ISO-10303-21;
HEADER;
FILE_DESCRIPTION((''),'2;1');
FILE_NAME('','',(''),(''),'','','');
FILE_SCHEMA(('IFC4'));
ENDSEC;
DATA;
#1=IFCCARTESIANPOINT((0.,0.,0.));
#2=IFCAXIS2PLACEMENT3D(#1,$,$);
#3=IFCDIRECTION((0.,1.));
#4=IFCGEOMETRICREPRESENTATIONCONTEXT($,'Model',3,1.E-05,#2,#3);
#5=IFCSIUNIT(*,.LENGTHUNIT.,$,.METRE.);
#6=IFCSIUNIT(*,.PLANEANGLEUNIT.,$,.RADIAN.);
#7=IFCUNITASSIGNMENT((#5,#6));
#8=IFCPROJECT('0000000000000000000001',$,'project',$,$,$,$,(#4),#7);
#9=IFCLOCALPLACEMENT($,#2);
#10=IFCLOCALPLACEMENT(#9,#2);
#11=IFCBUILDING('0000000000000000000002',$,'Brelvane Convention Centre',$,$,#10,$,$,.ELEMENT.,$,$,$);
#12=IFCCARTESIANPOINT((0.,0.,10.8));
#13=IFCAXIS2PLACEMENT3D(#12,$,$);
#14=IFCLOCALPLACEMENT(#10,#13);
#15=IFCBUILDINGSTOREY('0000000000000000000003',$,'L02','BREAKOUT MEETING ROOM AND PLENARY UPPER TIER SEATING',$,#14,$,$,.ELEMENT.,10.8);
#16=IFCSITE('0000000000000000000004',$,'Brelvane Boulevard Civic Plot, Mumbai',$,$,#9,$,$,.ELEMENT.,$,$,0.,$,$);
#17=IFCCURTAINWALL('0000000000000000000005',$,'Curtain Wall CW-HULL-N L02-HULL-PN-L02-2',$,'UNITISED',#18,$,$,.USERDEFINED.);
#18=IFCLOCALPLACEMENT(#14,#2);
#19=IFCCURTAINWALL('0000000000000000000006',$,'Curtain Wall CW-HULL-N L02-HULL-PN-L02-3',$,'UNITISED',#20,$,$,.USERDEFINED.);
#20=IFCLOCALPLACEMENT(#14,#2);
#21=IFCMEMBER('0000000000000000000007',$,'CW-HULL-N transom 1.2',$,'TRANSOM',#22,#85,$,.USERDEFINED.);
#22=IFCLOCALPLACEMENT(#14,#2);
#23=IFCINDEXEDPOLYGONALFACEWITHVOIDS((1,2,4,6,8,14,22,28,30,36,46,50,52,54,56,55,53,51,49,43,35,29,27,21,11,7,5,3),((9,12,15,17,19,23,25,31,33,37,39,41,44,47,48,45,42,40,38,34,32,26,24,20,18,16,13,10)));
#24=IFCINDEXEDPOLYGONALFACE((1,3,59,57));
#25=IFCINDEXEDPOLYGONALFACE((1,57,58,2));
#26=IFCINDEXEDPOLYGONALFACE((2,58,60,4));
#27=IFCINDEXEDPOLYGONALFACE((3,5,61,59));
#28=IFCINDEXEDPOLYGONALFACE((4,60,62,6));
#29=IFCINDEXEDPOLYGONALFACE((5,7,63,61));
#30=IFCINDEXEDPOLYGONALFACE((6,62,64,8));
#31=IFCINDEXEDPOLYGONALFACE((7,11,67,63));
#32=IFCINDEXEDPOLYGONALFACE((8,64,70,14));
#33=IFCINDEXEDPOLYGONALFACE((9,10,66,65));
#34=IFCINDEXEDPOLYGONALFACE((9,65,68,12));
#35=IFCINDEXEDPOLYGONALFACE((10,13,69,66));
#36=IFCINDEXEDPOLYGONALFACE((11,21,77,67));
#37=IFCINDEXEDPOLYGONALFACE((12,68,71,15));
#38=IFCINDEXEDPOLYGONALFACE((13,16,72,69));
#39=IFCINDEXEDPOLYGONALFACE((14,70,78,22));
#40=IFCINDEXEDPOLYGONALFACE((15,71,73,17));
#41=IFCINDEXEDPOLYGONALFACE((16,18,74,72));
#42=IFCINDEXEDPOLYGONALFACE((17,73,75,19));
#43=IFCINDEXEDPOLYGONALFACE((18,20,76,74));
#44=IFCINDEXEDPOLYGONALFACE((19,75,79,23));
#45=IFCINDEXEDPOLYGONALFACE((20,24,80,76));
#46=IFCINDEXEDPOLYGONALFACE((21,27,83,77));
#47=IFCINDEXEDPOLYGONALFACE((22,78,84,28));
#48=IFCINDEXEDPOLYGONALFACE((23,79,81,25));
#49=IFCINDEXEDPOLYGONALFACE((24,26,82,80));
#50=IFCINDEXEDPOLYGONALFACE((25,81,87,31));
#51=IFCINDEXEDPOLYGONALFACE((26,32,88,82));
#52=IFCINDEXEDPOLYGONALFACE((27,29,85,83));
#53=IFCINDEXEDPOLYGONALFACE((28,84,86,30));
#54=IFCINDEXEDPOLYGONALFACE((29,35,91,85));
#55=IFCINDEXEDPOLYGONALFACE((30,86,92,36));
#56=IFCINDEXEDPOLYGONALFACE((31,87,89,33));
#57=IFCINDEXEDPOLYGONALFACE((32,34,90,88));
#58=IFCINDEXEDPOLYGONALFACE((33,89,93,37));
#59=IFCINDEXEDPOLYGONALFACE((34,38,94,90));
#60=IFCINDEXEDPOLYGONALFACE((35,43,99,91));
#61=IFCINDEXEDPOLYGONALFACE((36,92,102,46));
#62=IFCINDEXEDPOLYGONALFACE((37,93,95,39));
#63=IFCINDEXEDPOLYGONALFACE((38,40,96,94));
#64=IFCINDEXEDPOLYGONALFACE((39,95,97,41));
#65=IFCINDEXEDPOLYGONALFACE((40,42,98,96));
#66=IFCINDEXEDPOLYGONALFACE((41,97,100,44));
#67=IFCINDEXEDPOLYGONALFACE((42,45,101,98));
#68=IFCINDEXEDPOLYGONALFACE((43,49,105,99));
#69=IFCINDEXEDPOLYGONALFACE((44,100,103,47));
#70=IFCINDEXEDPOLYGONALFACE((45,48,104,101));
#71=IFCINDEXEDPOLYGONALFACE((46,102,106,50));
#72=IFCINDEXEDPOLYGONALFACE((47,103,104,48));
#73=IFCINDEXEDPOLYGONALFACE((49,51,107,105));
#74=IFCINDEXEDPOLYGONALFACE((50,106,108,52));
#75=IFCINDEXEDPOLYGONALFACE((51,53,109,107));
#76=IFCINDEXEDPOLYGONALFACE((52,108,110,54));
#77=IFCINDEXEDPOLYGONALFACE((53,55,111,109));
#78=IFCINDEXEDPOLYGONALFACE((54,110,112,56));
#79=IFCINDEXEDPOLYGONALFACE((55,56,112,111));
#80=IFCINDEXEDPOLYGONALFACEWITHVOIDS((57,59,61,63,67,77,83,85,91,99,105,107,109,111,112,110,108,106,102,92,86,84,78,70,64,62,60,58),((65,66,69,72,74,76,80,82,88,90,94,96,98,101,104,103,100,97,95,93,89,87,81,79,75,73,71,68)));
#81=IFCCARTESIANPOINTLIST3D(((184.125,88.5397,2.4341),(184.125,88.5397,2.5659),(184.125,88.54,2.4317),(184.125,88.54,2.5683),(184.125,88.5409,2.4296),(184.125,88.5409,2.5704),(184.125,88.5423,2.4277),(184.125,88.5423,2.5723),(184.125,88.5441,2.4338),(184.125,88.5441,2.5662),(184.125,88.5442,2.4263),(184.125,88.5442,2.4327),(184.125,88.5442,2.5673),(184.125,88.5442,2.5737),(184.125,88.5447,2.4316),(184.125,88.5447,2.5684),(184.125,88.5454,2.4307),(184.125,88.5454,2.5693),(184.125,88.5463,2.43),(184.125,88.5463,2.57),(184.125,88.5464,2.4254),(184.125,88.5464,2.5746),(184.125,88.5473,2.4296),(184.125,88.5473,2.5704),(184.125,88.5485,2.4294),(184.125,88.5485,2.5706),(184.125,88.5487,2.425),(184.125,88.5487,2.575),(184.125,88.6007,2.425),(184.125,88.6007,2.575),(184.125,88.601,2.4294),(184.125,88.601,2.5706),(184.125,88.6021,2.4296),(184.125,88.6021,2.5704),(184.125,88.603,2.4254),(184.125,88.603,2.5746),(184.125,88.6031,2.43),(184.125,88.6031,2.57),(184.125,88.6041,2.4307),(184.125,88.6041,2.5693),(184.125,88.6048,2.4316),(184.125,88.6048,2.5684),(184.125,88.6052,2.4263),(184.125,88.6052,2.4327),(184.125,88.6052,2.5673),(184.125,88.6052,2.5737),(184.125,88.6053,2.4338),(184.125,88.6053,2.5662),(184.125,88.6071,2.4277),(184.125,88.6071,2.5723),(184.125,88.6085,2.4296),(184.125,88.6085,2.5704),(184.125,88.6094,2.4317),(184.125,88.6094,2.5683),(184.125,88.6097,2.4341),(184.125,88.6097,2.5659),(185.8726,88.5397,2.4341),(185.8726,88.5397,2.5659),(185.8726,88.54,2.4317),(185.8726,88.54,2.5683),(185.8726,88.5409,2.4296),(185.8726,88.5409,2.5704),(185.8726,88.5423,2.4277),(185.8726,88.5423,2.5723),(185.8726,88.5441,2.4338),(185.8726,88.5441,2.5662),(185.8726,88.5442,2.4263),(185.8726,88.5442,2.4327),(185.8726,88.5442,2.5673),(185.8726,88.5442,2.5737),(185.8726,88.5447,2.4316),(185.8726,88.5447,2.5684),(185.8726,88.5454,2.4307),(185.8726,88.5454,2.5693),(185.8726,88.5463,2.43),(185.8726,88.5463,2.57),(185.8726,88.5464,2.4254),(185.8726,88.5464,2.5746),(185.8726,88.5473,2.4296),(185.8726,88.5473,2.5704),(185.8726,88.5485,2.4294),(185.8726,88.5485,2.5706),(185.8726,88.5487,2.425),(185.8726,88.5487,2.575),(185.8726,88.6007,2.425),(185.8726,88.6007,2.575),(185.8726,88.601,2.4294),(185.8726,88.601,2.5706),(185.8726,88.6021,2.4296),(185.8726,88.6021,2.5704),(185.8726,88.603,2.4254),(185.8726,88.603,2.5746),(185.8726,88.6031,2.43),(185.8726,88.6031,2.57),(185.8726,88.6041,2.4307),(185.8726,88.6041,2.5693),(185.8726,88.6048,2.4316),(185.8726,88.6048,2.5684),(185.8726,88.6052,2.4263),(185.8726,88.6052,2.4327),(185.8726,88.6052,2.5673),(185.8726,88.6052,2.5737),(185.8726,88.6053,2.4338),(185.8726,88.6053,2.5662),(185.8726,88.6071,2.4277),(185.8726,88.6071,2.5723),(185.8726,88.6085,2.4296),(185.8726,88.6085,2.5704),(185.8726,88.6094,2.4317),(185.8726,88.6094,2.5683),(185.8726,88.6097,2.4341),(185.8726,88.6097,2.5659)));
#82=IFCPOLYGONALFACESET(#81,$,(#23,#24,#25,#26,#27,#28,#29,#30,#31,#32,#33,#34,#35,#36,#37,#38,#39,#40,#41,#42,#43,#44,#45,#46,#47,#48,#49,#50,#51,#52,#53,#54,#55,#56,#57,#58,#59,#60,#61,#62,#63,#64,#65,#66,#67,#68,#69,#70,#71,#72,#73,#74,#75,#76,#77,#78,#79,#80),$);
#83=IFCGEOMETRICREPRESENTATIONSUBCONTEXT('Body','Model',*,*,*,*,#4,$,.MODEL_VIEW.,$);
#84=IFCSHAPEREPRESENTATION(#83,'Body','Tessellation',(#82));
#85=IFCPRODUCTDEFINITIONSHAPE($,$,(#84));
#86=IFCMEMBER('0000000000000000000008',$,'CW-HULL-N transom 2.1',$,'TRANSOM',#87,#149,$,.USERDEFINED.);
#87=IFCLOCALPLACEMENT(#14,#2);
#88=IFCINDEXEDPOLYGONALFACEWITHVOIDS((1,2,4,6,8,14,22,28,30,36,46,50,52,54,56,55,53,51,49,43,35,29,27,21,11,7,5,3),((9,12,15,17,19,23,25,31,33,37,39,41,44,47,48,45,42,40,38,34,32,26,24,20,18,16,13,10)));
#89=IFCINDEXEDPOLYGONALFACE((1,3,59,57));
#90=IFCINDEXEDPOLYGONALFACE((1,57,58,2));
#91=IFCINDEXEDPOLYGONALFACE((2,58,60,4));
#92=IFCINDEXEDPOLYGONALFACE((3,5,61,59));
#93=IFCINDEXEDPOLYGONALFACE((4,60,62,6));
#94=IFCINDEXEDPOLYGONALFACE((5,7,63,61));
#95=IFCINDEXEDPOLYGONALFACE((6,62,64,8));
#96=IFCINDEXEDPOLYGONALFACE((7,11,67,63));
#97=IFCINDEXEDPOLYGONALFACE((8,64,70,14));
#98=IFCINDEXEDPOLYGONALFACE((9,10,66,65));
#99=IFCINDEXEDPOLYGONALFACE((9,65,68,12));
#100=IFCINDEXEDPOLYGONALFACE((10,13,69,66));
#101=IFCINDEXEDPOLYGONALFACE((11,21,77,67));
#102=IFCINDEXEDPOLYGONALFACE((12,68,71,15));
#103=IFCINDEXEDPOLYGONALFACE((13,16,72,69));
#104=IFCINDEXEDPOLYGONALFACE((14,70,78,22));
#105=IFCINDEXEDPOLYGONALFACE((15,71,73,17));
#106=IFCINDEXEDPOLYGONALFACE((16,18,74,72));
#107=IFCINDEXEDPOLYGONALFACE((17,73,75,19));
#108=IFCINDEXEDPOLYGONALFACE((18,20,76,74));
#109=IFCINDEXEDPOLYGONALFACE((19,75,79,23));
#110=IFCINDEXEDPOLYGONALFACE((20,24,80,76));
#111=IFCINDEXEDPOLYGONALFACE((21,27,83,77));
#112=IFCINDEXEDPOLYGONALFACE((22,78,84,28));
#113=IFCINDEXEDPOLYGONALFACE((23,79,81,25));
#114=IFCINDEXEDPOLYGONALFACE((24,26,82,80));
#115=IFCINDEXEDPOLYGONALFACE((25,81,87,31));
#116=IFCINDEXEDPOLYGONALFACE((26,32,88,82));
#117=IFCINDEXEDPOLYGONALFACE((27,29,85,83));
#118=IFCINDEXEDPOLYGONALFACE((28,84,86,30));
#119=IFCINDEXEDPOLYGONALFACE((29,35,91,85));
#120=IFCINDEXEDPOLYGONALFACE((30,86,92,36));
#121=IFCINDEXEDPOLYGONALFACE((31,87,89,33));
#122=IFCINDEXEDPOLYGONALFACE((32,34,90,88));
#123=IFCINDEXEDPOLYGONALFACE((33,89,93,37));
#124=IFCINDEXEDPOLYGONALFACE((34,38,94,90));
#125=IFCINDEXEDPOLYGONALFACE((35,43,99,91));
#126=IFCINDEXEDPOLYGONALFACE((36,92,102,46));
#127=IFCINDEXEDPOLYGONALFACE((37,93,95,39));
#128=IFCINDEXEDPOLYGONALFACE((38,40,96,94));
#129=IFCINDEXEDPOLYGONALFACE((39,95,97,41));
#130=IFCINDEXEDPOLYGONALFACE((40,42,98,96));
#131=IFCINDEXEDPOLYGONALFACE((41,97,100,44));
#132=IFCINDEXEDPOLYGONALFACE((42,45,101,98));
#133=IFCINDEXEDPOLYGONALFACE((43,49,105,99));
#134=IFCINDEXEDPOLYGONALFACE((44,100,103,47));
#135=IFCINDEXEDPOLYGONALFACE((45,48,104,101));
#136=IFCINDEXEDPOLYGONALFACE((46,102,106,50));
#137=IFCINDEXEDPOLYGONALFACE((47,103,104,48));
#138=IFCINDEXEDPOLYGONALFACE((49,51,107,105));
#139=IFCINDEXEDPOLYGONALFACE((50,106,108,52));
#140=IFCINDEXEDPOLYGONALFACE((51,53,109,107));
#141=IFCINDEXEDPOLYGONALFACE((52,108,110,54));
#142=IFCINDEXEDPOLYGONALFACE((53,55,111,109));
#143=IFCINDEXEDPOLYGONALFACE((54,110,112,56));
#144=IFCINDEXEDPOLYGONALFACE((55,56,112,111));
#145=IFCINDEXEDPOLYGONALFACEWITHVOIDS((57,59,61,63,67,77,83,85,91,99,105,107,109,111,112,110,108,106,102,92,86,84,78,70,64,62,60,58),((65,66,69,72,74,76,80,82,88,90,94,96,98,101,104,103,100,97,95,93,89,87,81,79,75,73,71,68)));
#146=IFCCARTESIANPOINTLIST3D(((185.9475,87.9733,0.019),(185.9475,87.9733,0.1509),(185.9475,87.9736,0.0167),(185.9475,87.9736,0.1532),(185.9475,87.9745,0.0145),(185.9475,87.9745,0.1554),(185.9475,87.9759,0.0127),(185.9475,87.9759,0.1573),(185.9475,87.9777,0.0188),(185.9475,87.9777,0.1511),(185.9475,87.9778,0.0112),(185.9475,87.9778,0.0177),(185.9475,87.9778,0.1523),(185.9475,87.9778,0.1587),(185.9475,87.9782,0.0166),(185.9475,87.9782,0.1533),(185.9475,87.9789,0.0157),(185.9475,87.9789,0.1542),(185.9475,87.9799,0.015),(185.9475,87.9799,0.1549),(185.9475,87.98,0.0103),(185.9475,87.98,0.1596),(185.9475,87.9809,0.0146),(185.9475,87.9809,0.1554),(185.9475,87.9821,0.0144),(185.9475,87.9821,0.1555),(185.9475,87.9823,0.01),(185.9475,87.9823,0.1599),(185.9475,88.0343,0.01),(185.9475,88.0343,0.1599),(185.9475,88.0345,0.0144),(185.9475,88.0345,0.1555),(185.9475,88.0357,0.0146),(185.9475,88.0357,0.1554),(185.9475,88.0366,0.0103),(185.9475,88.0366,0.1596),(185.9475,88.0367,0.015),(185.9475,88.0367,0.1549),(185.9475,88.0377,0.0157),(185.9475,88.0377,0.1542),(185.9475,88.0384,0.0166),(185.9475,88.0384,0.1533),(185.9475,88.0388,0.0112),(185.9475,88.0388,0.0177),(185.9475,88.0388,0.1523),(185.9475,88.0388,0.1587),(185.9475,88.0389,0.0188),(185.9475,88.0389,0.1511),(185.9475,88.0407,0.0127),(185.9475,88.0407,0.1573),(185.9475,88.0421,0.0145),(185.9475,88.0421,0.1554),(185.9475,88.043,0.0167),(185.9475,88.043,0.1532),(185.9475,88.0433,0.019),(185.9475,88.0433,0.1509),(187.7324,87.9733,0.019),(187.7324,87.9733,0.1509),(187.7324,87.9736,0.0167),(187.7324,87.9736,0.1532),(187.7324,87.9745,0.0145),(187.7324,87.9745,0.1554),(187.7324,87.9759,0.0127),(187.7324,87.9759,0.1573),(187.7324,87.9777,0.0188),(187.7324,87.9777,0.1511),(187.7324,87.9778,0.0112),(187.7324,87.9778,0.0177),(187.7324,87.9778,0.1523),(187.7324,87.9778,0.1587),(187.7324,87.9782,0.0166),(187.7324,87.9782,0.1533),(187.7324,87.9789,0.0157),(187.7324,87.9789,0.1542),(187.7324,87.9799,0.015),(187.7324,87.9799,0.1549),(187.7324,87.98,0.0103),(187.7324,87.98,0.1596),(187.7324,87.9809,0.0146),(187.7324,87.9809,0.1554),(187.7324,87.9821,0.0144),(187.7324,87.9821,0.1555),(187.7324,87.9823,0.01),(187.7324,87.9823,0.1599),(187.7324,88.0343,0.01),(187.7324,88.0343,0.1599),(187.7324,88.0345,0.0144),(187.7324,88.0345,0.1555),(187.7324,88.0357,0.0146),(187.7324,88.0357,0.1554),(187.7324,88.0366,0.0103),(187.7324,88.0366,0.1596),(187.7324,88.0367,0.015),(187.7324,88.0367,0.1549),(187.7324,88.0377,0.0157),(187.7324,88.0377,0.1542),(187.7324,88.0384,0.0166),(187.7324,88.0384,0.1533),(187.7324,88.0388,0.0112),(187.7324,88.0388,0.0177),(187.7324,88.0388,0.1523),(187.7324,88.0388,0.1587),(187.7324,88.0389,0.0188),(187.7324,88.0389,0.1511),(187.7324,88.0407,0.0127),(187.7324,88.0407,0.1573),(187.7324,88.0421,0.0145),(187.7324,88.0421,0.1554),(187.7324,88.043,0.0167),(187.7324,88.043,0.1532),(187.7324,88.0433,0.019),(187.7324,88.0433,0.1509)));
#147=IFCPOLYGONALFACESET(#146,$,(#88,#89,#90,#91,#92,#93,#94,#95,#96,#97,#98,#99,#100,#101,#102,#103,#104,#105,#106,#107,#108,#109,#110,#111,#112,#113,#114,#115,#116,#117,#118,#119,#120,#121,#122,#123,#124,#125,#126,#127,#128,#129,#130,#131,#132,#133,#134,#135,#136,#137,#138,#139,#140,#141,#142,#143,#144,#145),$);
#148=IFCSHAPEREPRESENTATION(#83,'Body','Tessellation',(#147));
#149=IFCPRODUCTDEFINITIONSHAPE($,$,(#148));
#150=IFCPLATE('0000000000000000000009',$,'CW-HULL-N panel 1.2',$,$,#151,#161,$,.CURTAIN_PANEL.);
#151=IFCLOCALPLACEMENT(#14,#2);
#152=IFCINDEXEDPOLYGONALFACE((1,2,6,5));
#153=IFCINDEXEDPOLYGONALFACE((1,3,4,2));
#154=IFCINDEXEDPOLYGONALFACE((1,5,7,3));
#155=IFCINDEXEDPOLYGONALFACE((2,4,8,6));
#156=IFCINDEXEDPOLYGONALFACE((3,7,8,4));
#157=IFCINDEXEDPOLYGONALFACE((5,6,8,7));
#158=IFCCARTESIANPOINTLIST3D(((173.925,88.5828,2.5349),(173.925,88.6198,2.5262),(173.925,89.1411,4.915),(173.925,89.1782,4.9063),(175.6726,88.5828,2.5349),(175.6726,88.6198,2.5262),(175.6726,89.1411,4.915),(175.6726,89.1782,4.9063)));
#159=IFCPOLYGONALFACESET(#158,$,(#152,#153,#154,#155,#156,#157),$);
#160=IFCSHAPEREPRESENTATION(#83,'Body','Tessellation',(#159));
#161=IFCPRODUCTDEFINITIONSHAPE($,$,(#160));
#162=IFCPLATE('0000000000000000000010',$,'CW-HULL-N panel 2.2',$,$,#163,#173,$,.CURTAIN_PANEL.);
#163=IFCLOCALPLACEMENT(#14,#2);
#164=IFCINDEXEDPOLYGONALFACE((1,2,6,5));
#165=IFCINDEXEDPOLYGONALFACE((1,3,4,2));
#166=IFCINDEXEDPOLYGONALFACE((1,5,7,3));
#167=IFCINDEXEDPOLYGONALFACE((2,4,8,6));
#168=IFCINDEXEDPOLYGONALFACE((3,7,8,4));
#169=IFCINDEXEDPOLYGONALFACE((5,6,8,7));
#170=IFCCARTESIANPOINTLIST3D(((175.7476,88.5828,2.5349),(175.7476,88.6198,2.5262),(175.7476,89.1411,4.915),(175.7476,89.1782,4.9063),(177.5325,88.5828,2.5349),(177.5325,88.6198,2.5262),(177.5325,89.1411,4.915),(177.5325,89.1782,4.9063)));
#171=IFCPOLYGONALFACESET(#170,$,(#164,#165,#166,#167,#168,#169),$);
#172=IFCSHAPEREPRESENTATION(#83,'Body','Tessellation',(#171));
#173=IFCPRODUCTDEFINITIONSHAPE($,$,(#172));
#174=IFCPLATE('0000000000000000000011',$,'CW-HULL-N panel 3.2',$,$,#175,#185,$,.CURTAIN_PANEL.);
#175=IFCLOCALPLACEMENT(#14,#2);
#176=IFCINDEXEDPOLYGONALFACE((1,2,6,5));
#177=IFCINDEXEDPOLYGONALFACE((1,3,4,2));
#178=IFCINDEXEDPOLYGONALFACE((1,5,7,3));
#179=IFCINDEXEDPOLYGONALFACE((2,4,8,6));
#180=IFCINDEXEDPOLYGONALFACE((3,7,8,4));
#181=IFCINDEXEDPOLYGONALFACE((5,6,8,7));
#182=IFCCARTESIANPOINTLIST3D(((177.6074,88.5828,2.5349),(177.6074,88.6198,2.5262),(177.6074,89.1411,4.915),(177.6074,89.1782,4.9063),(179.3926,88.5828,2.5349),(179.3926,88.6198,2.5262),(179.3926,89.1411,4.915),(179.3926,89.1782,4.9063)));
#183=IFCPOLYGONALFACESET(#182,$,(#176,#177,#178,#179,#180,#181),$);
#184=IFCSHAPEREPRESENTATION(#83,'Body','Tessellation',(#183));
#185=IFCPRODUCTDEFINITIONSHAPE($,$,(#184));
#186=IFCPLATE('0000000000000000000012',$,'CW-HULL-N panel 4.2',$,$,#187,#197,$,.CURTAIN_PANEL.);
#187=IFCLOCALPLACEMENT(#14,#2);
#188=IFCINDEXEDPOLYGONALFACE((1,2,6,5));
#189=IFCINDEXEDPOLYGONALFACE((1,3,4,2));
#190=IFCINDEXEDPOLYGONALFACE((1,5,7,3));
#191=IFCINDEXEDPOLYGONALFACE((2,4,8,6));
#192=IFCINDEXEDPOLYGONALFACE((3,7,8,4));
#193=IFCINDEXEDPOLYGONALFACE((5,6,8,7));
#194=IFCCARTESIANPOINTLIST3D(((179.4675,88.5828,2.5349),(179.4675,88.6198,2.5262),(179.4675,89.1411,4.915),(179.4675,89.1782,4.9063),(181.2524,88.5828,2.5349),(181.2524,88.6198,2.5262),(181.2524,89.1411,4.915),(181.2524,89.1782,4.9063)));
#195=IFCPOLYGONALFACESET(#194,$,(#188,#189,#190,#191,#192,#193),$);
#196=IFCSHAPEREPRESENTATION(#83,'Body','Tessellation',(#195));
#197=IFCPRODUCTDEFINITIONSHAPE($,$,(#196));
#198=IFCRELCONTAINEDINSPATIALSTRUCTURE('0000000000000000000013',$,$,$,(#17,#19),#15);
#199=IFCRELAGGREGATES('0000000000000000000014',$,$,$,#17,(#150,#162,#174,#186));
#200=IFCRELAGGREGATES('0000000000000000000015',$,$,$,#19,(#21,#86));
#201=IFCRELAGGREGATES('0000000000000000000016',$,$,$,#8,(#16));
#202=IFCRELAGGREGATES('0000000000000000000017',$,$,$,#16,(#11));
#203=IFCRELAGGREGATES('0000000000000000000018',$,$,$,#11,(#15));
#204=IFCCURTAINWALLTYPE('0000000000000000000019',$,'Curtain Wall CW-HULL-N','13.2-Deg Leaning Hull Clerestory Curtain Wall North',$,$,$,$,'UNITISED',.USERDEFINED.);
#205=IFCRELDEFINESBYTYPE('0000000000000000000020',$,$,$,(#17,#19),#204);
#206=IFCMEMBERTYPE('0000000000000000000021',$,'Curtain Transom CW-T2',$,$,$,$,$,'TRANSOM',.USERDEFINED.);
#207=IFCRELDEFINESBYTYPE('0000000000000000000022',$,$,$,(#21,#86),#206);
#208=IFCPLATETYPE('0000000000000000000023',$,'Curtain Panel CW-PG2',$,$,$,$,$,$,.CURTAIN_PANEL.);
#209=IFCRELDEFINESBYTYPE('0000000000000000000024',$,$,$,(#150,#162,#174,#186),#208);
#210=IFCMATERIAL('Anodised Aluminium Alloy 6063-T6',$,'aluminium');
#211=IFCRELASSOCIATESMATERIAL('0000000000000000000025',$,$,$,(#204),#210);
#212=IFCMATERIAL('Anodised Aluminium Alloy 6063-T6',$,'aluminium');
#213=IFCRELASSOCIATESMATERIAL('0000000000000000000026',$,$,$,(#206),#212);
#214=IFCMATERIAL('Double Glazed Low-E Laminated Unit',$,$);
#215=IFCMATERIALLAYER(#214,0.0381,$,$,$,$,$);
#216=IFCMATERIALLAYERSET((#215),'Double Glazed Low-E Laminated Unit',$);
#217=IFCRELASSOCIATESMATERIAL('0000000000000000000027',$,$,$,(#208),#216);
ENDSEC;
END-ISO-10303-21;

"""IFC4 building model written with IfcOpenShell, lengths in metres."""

from ifc_helpers import new_model, si_unit, direction, frame, origin, origin_2d, place, context, subcontext, project, spatial, polyline, hollow_rectangle, outline, extrude, material, layer, layer_set, material_profile, profile_set, type_object, element, aggregate, save


model = new_model("IFC4")

# Units and contexts
model_context = context("Model", 3, precision=1e-05, world=origin(), true_north=direction((0.0, 1.0)))
body_context = subcontext(model_context, "Body", "Model", "MODEL_VIEW")
ifc_project = project(units=[si_unit("LENGTHUNIT", "METRE"), si_unit("PLANEANGLEUNIT", "RADIAN")], contexts=[model_context])

# Site, building, storey
site_placement = place(None, origin())
site = spatial("IfcSite", under=ifc_project, at=site_placement, Name="Brelvane Boulevard Civic Plot, Mumbai", CompositionType="ELEMENT", RefElevation=0.0)
building_placement = place(site_placement, origin())
building = spatial("IfcBuilding", under=site, at=building_placement, Name="Brelvane Convention Centre", CompositionType="ELEMENT")
storey_placement = place(building_placement, frame((0.0, 0.0, 10.8)))
storey = spatial("IfcBuildingStorey", under=building, at=storey_placement, Name="L02", Description="BREAKOUT MEETING ROOM AND PLENARY UPPER TIER SEATING", CompositionType="ELEMENT", Elevation=10.8)

# Curtain walls
ifc_material_1 = material(Name="Anodised Aluminium Alloy 6063-T6", Category="aluminium")
curtain_wall_type = type_object("IfcCurtainWallType", Name="Curtain Wall CW-HULL-N", Description="13.2-Deg Leaning Hull Clerestory Curtain Wall North", ElementType="UNITISED", PredefinedType="USERDEFINED", material=ifc_material_1)
curtain_wall_1_placement = place(storey_placement, origin())
curtain_wall_1 = element("IfcCurtainWall", 1, at=curtain_wall_1_placement, inside=storey, type_object=curtain_wall_type, Name="Curtain Wall CW-HULL-N L02-HULL-PN-L02-2", ObjectType="UNITISED", PredefinedType="USERDEFINED")
curtain_wall_2_placement = place(storey_placement, origin())
curtain_wall_2 = element("IfcCurtainWall", 2, at=curtain_wall_2_placement, inside=storey, type_object=curtain_wall_type, Name="Curtain Wall CW-HULL-N L02-HULL-PN-L02-3", ObjectType="UNITISED", PredefinedType="USERDEFINED")

# Members
ifc_material_2 = material(Name="Anodised Aluminium Alloy 6063-T6", Category="aluminium")
ifc_material_profile_1 = material_profile(ifc_material_2, hollow_rectangle(XDim=0.0701, YDim=0.1499, WallThickness=0.0044, InnerFilletRadius=0.0044, OuterFilletRadius=0.009, at=origin_2d()), Name="ALU-T 150x70x4.5")
ifc_profile_set_1 = profile_set([ifc_material_profile_1], Name="Anodised Aluminium Alloy 6063-T6")
member_type_1 = type_object("IfcMemberType", Name="Curtain Transom CW-T2", ElementType="TRANSOM", PredefinedType="USERDEFINED", material=ifc_profile_set_1)
member_1_placement = place(storey_placement, frame((184.125, 88.5747, 2.5), z_axis=(1.0, 0.0, 0.0), x_axis=(0.0, 1.0, 0.0)))
member_1 = element("IfcMember", 3, at=member_1_placement, type_object=member_type_1, Name="CW-HULL-N transom 1.2", ObjectType="TRANSOM", PredefinedType="USERDEFINED", context=body_context, shape_type="SweptSolid", body=[
    extrude(hollow_rectangle(XDim=0.0701, YDim=0.1499, WallThickness=0.0044, InnerFilletRadius=0.0044, OuterFilletRadius=0.009, at=origin_2d()), origin(), (0.0, 0.0, 1.0), 1.7476),
])
member_2_placement = place(storey_placement, frame((185.9475, 88.0083, 0.085), z_axis=(1.0, 0.0, 0.0), x_axis=(0.0, 1.0, 0.0)))
member_2 = element("IfcMember", 4, at=member_2_placement, type_object=member_type_1, Name="CW-HULL-N transom 2.1", ObjectType="TRANSOM", PredefinedType="USERDEFINED", context=body_context, shape_type="SweptSolid", body=[
    extrude(hollow_rectangle(XDim=0.0701, YDim=0.1499, WallThickness=0.0044, InnerFilletRadius=0.0044, OuterFilletRadius=0.009, at=origin_2d()), origin(), (0.0, 0.0, 1.0), 1.7849),
])

# Plates
ifc_material_3 = material(Name="Double Glazed Low-E Laminated Unit")
ifc_layer_1 = layer(ifc_material_3, 0.0381)
ifc_layer_set_1 = layer_set([ifc_layer_1], Name="Double Glazed Low-E Laminated Unit")
plate_type_1 = type_object("IfcPlateType", Name="Curtain Panel CW-PG2", PredefinedType="CURTAIN_PANEL", material=ifc_layer_set_1)
plate_1_placement = place(storey_placement, frame((173.925, 88.5828, 2.5349), z_axis=(0.0, -0.97357, 0.228388), x_axis=(1.0, 0.0, 0.0)))
plate_1 = element("IfcPlate", 5, at=plate_1_placement, type_object=plate_type_1, Name="CW-HULL-N panel 1.2", PredefinedType="CURTAIN_PANEL", context=body_context, shape_type="SweptSolid", body=[
    extrude(outline(polyline([(0.0, 0.0), (1.7476, 0.0), (1.7476, 2.4447), (0.0, 2.4447), (0.0, 0.0)])), origin(), (0.0, 0.0, -1.0), 0.0381),
])
plate_2_placement = place(storey_placement, frame((175.7476, 88.5828, 2.5349), z_axis=(0.0, -0.97357, 0.228388), x_axis=(1.0, 0.0, 0.0)))
plate_2 = element("IfcPlate", 6, at=plate_2_placement, type_object=plate_type_1, Name="CW-HULL-N panel 2.2", PredefinedType="CURTAIN_PANEL", context=body_context, shape_type="SweptSolid", body=[
    extrude(outline(polyline([(0.0, 0.0), (1.7849, 0.0), (1.7849, 2.4447), (0.0, 2.4447), (0.0, 0.0)])), origin(), (0.0, 0.0, -1.0), 0.0381),
])
plate_3_placement = place(storey_placement, frame((177.6074, 88.5828, 2.5349), z_axis=(0.0, -0.97357, 0.228388), x_axis=(1.0, 0.0, 0.0)))
plate_3 = element("IfcPlate", 7, at=plate_3_placement, type_object=plate_type_1, Name="CW-HULL-N panel 3.2", PredefinedType="CURTAIN_PANEL", context=body_context, shape_type="SweptSolid", body=[
    extrude(outline(polyline([(0.0, 0.0), (1.7852, 0.0), (1.7852, 2.4447), (0.0, 2.4447), (0.0, 0.0)])), origin(), (0.0, 0.0, -1.0), 0.0381),
])
plate_4_placement = place(storey_placement, frame((179.4675, 88.5828, 2.5349), z_axis=(0.0, -0.97357, 0.228388), x_axis=(1.0, 0.0, 0.0)))
plate_4 = element("IfcPlate", 8, at=plate_4_placement, type_object=plate_type_1, Name="CW-HULL-N panel 4.2", PredefinedType="CURTAIN_PANEL", context=body_context, shape_type="SweptSolid", body=[
    extrude(outline(polyline([(0.0, 0.0), (1.7849, 0.0), (1.7849, 2.4447), (0.0, 2.4447), (0.0, 0.0)])), origin(), (0.0, 0.0, -1.0), 0.0381),
])
aggregate(curtain_wall_1, [plate_1, plate_2, plate_3, plate_4])
aggregate(curtain_wall_2, [member_1, member_2])

save(model, "model.ifc")
